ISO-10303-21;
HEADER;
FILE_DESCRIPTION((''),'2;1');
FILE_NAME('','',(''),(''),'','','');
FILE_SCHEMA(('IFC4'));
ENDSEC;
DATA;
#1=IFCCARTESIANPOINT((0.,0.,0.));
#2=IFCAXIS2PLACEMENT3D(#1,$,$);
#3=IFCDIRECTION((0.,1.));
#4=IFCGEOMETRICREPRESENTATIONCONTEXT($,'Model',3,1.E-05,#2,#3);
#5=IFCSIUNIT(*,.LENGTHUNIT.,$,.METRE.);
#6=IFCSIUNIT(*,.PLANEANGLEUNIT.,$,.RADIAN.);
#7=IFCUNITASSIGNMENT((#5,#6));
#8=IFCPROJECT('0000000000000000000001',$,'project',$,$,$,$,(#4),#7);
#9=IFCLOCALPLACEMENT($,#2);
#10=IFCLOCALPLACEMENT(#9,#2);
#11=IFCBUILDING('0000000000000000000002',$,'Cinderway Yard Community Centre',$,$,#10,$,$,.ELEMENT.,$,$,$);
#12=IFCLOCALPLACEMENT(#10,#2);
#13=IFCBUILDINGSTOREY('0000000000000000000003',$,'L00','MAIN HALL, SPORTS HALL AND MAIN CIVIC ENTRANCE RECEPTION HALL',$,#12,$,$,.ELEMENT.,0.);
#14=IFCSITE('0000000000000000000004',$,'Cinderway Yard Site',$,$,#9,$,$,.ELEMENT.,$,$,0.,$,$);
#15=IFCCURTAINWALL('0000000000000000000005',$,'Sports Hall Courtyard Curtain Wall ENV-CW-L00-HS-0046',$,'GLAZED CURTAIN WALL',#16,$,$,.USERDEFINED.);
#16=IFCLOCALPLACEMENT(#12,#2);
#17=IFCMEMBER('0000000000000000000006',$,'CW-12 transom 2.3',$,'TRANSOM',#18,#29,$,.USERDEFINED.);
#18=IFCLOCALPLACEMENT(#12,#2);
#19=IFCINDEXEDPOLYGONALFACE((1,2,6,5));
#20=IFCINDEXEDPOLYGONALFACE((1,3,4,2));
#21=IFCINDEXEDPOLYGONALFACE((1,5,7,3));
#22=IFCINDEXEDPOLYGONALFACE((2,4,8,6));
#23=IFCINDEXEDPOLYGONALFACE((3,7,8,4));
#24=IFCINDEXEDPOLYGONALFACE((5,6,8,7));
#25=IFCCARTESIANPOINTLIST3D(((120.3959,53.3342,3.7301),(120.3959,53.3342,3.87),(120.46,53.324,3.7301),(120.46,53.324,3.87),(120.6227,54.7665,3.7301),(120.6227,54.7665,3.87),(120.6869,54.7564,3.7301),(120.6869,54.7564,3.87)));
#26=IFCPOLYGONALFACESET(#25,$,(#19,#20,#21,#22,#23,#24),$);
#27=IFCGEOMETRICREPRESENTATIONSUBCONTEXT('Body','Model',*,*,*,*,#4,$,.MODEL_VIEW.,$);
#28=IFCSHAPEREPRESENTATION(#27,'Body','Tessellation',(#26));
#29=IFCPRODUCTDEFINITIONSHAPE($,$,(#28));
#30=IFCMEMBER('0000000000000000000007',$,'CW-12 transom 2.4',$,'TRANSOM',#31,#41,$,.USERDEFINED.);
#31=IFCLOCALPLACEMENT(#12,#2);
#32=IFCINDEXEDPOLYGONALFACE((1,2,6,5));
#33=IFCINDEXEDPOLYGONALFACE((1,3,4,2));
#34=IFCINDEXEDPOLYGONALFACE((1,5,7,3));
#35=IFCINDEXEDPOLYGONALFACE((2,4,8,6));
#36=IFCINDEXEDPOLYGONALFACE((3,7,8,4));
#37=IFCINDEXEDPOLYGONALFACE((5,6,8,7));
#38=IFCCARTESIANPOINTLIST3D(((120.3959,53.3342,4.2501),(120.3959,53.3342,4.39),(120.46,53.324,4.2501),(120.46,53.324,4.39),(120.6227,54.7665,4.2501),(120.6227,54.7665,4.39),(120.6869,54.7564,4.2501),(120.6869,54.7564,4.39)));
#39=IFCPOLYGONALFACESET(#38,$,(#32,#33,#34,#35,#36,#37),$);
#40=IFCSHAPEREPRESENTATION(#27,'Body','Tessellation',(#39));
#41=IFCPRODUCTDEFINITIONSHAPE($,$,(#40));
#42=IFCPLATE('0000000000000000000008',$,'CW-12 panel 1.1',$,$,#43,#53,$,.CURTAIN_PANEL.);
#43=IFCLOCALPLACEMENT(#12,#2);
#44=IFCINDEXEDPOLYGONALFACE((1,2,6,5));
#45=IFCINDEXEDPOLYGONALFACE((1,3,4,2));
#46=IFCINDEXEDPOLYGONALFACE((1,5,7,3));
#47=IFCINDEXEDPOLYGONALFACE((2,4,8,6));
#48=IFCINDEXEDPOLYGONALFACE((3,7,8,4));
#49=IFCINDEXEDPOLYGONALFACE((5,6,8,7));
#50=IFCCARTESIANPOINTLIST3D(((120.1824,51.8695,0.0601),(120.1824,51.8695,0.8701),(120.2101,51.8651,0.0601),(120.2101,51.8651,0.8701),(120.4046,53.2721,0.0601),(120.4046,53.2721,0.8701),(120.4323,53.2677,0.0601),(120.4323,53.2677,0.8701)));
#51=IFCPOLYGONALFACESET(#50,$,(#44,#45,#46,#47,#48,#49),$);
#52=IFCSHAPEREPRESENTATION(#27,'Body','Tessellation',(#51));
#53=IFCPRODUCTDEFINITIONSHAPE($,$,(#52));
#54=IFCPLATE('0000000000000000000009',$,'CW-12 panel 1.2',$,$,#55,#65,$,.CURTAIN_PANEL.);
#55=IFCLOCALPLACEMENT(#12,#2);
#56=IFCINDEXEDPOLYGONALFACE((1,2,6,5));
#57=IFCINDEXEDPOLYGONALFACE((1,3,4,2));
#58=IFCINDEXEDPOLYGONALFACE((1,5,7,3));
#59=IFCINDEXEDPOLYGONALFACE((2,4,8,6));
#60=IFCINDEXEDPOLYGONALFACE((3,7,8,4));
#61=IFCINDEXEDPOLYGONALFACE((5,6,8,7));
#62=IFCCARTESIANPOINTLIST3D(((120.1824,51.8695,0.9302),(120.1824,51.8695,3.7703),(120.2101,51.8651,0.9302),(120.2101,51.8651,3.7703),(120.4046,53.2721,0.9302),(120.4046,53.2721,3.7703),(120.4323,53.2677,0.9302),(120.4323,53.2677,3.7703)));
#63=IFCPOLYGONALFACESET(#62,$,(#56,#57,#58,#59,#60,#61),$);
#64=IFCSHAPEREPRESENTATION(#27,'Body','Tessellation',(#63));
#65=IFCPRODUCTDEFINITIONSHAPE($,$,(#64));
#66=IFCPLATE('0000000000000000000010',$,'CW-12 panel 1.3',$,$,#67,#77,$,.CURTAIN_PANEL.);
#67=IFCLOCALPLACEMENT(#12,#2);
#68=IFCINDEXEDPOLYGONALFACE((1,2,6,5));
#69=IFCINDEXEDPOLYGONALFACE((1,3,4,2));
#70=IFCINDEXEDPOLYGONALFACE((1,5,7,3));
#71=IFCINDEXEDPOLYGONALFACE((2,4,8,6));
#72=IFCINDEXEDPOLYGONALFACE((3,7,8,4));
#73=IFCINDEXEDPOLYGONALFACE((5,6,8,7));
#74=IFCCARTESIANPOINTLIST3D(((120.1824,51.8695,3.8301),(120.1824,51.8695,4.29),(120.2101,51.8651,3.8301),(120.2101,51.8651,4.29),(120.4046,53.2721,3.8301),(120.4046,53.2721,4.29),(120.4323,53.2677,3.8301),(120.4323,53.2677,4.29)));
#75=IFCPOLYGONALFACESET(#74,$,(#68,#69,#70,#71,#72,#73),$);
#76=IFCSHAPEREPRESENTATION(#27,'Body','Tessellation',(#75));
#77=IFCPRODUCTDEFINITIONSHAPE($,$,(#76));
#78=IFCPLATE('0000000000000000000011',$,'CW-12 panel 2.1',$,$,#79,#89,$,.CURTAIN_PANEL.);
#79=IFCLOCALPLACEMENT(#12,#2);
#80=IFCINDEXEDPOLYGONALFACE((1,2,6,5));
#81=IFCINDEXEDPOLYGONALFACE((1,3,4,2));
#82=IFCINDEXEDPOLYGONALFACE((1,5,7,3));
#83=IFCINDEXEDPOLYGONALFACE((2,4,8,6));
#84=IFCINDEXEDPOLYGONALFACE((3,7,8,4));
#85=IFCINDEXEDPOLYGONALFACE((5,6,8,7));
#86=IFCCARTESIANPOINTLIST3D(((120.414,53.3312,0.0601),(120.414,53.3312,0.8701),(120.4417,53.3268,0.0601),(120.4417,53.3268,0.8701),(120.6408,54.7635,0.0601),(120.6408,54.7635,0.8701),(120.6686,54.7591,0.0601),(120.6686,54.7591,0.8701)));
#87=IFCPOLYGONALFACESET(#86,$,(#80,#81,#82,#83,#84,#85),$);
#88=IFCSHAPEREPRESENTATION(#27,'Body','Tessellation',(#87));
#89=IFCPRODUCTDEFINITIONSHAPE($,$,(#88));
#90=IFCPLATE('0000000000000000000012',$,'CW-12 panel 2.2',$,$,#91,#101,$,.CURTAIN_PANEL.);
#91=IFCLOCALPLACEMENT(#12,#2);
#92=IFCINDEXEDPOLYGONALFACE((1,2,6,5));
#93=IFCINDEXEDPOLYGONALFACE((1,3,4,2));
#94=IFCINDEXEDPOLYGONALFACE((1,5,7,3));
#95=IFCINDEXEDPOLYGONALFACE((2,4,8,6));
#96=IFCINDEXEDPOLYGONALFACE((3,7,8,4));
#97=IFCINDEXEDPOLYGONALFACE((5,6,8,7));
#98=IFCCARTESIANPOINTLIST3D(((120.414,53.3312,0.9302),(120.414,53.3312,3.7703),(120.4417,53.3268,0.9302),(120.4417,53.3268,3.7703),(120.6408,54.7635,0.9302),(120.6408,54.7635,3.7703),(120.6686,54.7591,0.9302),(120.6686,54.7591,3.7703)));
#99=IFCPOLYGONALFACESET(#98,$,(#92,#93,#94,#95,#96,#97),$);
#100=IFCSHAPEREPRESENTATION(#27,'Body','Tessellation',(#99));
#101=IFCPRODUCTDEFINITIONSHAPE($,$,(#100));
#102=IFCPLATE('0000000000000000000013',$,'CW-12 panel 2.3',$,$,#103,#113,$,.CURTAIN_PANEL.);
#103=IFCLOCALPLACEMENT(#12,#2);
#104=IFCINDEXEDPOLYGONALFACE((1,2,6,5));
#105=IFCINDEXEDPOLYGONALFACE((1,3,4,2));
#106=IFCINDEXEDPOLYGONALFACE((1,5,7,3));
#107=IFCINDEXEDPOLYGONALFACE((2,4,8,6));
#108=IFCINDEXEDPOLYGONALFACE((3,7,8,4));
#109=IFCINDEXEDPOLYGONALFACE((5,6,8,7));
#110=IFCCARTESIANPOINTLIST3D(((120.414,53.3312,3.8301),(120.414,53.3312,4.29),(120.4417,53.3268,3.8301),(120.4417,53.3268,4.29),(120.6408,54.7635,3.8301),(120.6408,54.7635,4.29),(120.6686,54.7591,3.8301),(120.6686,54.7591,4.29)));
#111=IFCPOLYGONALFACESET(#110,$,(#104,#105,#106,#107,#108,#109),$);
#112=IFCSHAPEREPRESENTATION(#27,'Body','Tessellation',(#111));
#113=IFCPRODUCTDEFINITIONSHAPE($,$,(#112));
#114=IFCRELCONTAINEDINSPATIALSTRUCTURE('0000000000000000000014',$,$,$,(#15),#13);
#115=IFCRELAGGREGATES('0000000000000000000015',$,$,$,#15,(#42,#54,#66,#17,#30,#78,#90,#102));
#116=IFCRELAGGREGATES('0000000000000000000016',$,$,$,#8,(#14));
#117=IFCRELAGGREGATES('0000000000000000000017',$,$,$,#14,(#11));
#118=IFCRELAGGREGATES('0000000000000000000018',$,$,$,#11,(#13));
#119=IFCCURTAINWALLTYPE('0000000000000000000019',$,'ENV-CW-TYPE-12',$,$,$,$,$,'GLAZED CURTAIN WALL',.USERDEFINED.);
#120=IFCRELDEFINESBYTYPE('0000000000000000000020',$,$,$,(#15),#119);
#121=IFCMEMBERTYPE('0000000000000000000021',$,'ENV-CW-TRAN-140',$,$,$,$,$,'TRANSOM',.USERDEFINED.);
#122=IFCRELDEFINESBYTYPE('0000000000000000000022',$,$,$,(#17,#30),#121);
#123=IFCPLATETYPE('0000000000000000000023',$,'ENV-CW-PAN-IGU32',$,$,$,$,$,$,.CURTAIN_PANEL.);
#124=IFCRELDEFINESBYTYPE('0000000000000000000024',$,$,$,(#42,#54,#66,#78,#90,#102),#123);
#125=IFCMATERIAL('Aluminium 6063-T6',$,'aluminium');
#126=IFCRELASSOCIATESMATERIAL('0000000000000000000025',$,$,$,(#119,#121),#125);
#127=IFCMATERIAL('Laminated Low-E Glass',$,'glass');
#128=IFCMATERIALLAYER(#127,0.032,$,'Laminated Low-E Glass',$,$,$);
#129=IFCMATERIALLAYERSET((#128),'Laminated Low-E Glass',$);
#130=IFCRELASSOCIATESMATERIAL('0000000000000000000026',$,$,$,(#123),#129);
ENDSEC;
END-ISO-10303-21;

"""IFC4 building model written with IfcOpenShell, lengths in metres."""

from ifc_helpers import new_model, si_unit, direction, frame, origin, origin_2d, place, context, subcontext, project, spatial, rectangle, extrude, material, layer, layer_set, material_profile, profile_set, type_object, element, aggregate, save


model = new_model("IFC4")

# Units and contexts
model_context = context("Model", 3, precision=1e-05, world=origin(), true_north=direction((0.0, 1.0)))
body_context = subcontext(model_context, "Body", "Model", "MODEL_VIEW")
ifc_project = project(units=[si_unit("LENGTHUNIT", "METRE"), si_unit("PLANEANGLEUNIT", "RADIAN")], contexts=[model_context])

# Site, building, storey
site_placement = place(None, origin())
site = spatial("IfcSite", under=ifc_project, at=site_placement, Name="Cinderway Yard Site", CompositionType="ELEMENT", RefElevation=0.0)
building_placement = place(site_placement, origin())
building = spatial("IfcBuilding", under=site, at=building_placement, Name="Cinderway Yard Community Centre", CompositionType="ELEMENT")
storey_placement = place(building_placement, origin())
storey = spatial("IfcBuildingStorey", under=building, at=storey_placement, Name="L00", Description="MAIN HALL, SPORTS HALL AND MAIN CIVIC ENTRANCE RECEPTION HALL", CompositionType="ELEMENT", Elevation=0.0)

# Curtain wall, members, plates
ifc_material_1 = material(Name="Aluminium 6063-T6", Category="aluminium")
curtain_wall_type = type_object("IfcCurtainWallType", Name="ENV-CW-TYPE-12", ElementType="GLAZED CURTAIN WALL", PredefinedType="USERDEFINED", material=ifc_material_1)
curtain_wall_placement = place(storey_placement, origin())
curtain_wall = element("IfcCurtainWall", 1, at=curtain_wall_placement, inside=storey, type_object=curtain_wall_type, Name="Sports Hall Courtyard Curtain Wall ENV-CW-L00-HS-0046", ObjectType="GLAZED CURTAIN WALL", PredefinedType="USERDEFINED")
ifc_material_profile_1 = material_profile(ifc_material_1, rectangle(XDim=0.0649, YDim=0.1399, at=origin_2d()), Name="Aluminium 6063-T6")
ifc_profile_set_1 = profile_set([ifc_material_profile_1], Name="Aluminium 6063-T6")
member_type_1 = type_object("IfcMemberType", Name="ENV-CW-TRAN-140", ElementType="TRANSOM", PredefinedType="USERDEFINED", material=ifc_profile_set_1)
member_1_placement = place(storey_placement, frame((120.428, 53.3291, 3.8), z_axis=(0.156395, 0.987695, 0.0), x_axis=(-0.987695, 0.156395, 0.0)))
member_1 = element("IfcMember", 2, at=member_1_placement, type_object=member_type_1, Name="CW-12 transom 2.3", ObjectType="TRANSOM", PredefinedType="USERDEFINED", context=body_context, shape_type="SweptSolid", body=[
    extrude(rectangle(XDim=0.0649, YDim=0.1399, at=origin_2d()), origin(), (0.0, 0.0, 1.0), 1.4502),
])
member_2_placement = place(storey_placement, frame((120.428, 53.3291, 4.3201), z_axis=(0.156395, 0.987695, 0.0), x_axis=(-0.987695, 0.156395, 0.0)))
member_2 = element("IfcMember", 3, at=member_2_placement, type_object=member_type_1, Name="CW-12 transom 2.4", ObjectType="TRANSOM", PredefinedType="USERDEFINED", context=body_context, shape_type="SweptSolid", body=[
    extrude(rectangle(XDim=0.0649, YDim=0.1399, at=origin_2d()), origin(), (0.0, 0.0, 1.0), 1.4502),
])
ifc_material_2 = material(Name="Laminated Low-E Glass", Category="glass")
ifc_layer = layer(ifc_material_2, 0.032, Name="Laminated Low-E Glass")
ifc_layer_set = layer_set([ifc_layer], Name="Laminated Low-E Glass")
plate_type = type_object("IfcPlateType", Name="ENV-CW-PAN-IGU32", PredefinedType="CURTAIN_PANEL", material=ifc_layer_set)
plate_1_placement = place(storey_placement, frame((120.3074, 52.5686, 0.0601), z_axis=(0.0, 0.0, 1.0), x_axis=(0.156447, 0.987686, 0.0)))
plate_1 = element("IfcPlate", 4, at=plate_1_placement, type_object=plate_type, Name="CW-12 panel 1.1", PredefinedType="CURTAIN_PANEL", context=body_context, shape_type="SweptSolid", body=[
    extrude(rectangle(XDim=1.4202, YDim=0.0281, at=origin_2d()), origin(), (0.0, 0.0, 1.0), 0.8101),
])
plate_2_placement = place(storey_placement, frame((120.3074, 52.5686, 0.9302), z_axis=(0.0, 0.0, 1.0), x_axis=(0.156447, 0.987686, 0.0)))
plate_2 = element("IfcPlate", 5, at=plate_2_placement, type_object=plate_type, Name="CW-12 panel 1.2", PredefinedType="CURTAIN_PANEL", context=body_context, shape_type="SweptSolid", body=[
    extrude(rectangle(XDim=1.4202, YDim=0.0281, at=origin_2d()), origin(), (0.0, 0.0, 1.0), 2.8401),
])
plate_3_placement = place(storey_placement, frame((120.3074, 52.5686, 3.8301), z_axis=(0.0, 0.0, 1.0), x_axis=(0.156447, 0.987686, 0.0)))
plate_3 = element("IfcPlate", 6, at=plate_3_placement, type_object=plate_type, Name="CW-12 panel 1.3", PredefinedType="CURTAIN_PANEL", context=body_context, shape_type="SweptSolid", body=[
    extrude(rectangle(XDim=1.4202, YDim=0.0281, at=origin_2d()), origin(), (0.0, 0.0, 1.0), 0.46),
])
plate_4_placement = place(storey_placement, frame((120.5413, 54.0452, 0.0601), z_axis=(0.0, 0.0, 1.0), x_axis=(0.156447, 0.987686, 0.0)))
plate_4 = element("IfcPlate", 7, at=plate_4_placement, type_object=plate_type, Name="CW-12 panel 2.1", PredefinedType="CURTAIN_PANEL", context=body_context, shape_type="SweptSolid", body=[
    extrude(rectangle(XDim=1.4502, YDim=0.0281, at=origin_2d()), origin(), (0.0, 0.0, 1.0), 0.8101),
])
plate_5_placement = place(storey_placement, frame((120.5413, 54.0452, 0.9302), z_axis=(0.0, 0.0, 1.0), x_axis=(0.156447, 0.987686, 0.0)))
plate_5 = element("IfcPlate", 8, at=plate_5_placement, type_object=plate_type, Name="CW-12 panel 2.2", PredefinedType="CURTAIN_PANEL", context=body_context, shape_type="SweptSolid", body=[
    extrude(rectangle(XDim=1.4502, YDim=0.0281, at=origin_2d()), origin(), (0.0, 0.0, 1.0), 2.8401),
])
plate_6_placement = place(storey_placement, frame((120.5413, 54.0452, 3.8301), z_axis=(0.0, 0.0, 1.0), x_axis=(0.156447, 0.987686, 0.0)))
plate_6 = element("IfcPlate", 9, at=plate_6_placement, type_object=plate_type, Name="CW-12 panel 2.3", PredefinedType="CURTAIN_PANEL", context=body_context, shape_type="SweptSolid", body=[
    extrude(rectangle(XDim=1.4502, YDim=0.0281, at=origin_2d()), origin(), (0.0, 0.0, 1.0), 0.46),
])
aggregate(curtain_wall, [plate_1, plate_2, plate_3, member_1, member_2, plate_4, plate_5, plate_6])

save(model, "model.ifc")
